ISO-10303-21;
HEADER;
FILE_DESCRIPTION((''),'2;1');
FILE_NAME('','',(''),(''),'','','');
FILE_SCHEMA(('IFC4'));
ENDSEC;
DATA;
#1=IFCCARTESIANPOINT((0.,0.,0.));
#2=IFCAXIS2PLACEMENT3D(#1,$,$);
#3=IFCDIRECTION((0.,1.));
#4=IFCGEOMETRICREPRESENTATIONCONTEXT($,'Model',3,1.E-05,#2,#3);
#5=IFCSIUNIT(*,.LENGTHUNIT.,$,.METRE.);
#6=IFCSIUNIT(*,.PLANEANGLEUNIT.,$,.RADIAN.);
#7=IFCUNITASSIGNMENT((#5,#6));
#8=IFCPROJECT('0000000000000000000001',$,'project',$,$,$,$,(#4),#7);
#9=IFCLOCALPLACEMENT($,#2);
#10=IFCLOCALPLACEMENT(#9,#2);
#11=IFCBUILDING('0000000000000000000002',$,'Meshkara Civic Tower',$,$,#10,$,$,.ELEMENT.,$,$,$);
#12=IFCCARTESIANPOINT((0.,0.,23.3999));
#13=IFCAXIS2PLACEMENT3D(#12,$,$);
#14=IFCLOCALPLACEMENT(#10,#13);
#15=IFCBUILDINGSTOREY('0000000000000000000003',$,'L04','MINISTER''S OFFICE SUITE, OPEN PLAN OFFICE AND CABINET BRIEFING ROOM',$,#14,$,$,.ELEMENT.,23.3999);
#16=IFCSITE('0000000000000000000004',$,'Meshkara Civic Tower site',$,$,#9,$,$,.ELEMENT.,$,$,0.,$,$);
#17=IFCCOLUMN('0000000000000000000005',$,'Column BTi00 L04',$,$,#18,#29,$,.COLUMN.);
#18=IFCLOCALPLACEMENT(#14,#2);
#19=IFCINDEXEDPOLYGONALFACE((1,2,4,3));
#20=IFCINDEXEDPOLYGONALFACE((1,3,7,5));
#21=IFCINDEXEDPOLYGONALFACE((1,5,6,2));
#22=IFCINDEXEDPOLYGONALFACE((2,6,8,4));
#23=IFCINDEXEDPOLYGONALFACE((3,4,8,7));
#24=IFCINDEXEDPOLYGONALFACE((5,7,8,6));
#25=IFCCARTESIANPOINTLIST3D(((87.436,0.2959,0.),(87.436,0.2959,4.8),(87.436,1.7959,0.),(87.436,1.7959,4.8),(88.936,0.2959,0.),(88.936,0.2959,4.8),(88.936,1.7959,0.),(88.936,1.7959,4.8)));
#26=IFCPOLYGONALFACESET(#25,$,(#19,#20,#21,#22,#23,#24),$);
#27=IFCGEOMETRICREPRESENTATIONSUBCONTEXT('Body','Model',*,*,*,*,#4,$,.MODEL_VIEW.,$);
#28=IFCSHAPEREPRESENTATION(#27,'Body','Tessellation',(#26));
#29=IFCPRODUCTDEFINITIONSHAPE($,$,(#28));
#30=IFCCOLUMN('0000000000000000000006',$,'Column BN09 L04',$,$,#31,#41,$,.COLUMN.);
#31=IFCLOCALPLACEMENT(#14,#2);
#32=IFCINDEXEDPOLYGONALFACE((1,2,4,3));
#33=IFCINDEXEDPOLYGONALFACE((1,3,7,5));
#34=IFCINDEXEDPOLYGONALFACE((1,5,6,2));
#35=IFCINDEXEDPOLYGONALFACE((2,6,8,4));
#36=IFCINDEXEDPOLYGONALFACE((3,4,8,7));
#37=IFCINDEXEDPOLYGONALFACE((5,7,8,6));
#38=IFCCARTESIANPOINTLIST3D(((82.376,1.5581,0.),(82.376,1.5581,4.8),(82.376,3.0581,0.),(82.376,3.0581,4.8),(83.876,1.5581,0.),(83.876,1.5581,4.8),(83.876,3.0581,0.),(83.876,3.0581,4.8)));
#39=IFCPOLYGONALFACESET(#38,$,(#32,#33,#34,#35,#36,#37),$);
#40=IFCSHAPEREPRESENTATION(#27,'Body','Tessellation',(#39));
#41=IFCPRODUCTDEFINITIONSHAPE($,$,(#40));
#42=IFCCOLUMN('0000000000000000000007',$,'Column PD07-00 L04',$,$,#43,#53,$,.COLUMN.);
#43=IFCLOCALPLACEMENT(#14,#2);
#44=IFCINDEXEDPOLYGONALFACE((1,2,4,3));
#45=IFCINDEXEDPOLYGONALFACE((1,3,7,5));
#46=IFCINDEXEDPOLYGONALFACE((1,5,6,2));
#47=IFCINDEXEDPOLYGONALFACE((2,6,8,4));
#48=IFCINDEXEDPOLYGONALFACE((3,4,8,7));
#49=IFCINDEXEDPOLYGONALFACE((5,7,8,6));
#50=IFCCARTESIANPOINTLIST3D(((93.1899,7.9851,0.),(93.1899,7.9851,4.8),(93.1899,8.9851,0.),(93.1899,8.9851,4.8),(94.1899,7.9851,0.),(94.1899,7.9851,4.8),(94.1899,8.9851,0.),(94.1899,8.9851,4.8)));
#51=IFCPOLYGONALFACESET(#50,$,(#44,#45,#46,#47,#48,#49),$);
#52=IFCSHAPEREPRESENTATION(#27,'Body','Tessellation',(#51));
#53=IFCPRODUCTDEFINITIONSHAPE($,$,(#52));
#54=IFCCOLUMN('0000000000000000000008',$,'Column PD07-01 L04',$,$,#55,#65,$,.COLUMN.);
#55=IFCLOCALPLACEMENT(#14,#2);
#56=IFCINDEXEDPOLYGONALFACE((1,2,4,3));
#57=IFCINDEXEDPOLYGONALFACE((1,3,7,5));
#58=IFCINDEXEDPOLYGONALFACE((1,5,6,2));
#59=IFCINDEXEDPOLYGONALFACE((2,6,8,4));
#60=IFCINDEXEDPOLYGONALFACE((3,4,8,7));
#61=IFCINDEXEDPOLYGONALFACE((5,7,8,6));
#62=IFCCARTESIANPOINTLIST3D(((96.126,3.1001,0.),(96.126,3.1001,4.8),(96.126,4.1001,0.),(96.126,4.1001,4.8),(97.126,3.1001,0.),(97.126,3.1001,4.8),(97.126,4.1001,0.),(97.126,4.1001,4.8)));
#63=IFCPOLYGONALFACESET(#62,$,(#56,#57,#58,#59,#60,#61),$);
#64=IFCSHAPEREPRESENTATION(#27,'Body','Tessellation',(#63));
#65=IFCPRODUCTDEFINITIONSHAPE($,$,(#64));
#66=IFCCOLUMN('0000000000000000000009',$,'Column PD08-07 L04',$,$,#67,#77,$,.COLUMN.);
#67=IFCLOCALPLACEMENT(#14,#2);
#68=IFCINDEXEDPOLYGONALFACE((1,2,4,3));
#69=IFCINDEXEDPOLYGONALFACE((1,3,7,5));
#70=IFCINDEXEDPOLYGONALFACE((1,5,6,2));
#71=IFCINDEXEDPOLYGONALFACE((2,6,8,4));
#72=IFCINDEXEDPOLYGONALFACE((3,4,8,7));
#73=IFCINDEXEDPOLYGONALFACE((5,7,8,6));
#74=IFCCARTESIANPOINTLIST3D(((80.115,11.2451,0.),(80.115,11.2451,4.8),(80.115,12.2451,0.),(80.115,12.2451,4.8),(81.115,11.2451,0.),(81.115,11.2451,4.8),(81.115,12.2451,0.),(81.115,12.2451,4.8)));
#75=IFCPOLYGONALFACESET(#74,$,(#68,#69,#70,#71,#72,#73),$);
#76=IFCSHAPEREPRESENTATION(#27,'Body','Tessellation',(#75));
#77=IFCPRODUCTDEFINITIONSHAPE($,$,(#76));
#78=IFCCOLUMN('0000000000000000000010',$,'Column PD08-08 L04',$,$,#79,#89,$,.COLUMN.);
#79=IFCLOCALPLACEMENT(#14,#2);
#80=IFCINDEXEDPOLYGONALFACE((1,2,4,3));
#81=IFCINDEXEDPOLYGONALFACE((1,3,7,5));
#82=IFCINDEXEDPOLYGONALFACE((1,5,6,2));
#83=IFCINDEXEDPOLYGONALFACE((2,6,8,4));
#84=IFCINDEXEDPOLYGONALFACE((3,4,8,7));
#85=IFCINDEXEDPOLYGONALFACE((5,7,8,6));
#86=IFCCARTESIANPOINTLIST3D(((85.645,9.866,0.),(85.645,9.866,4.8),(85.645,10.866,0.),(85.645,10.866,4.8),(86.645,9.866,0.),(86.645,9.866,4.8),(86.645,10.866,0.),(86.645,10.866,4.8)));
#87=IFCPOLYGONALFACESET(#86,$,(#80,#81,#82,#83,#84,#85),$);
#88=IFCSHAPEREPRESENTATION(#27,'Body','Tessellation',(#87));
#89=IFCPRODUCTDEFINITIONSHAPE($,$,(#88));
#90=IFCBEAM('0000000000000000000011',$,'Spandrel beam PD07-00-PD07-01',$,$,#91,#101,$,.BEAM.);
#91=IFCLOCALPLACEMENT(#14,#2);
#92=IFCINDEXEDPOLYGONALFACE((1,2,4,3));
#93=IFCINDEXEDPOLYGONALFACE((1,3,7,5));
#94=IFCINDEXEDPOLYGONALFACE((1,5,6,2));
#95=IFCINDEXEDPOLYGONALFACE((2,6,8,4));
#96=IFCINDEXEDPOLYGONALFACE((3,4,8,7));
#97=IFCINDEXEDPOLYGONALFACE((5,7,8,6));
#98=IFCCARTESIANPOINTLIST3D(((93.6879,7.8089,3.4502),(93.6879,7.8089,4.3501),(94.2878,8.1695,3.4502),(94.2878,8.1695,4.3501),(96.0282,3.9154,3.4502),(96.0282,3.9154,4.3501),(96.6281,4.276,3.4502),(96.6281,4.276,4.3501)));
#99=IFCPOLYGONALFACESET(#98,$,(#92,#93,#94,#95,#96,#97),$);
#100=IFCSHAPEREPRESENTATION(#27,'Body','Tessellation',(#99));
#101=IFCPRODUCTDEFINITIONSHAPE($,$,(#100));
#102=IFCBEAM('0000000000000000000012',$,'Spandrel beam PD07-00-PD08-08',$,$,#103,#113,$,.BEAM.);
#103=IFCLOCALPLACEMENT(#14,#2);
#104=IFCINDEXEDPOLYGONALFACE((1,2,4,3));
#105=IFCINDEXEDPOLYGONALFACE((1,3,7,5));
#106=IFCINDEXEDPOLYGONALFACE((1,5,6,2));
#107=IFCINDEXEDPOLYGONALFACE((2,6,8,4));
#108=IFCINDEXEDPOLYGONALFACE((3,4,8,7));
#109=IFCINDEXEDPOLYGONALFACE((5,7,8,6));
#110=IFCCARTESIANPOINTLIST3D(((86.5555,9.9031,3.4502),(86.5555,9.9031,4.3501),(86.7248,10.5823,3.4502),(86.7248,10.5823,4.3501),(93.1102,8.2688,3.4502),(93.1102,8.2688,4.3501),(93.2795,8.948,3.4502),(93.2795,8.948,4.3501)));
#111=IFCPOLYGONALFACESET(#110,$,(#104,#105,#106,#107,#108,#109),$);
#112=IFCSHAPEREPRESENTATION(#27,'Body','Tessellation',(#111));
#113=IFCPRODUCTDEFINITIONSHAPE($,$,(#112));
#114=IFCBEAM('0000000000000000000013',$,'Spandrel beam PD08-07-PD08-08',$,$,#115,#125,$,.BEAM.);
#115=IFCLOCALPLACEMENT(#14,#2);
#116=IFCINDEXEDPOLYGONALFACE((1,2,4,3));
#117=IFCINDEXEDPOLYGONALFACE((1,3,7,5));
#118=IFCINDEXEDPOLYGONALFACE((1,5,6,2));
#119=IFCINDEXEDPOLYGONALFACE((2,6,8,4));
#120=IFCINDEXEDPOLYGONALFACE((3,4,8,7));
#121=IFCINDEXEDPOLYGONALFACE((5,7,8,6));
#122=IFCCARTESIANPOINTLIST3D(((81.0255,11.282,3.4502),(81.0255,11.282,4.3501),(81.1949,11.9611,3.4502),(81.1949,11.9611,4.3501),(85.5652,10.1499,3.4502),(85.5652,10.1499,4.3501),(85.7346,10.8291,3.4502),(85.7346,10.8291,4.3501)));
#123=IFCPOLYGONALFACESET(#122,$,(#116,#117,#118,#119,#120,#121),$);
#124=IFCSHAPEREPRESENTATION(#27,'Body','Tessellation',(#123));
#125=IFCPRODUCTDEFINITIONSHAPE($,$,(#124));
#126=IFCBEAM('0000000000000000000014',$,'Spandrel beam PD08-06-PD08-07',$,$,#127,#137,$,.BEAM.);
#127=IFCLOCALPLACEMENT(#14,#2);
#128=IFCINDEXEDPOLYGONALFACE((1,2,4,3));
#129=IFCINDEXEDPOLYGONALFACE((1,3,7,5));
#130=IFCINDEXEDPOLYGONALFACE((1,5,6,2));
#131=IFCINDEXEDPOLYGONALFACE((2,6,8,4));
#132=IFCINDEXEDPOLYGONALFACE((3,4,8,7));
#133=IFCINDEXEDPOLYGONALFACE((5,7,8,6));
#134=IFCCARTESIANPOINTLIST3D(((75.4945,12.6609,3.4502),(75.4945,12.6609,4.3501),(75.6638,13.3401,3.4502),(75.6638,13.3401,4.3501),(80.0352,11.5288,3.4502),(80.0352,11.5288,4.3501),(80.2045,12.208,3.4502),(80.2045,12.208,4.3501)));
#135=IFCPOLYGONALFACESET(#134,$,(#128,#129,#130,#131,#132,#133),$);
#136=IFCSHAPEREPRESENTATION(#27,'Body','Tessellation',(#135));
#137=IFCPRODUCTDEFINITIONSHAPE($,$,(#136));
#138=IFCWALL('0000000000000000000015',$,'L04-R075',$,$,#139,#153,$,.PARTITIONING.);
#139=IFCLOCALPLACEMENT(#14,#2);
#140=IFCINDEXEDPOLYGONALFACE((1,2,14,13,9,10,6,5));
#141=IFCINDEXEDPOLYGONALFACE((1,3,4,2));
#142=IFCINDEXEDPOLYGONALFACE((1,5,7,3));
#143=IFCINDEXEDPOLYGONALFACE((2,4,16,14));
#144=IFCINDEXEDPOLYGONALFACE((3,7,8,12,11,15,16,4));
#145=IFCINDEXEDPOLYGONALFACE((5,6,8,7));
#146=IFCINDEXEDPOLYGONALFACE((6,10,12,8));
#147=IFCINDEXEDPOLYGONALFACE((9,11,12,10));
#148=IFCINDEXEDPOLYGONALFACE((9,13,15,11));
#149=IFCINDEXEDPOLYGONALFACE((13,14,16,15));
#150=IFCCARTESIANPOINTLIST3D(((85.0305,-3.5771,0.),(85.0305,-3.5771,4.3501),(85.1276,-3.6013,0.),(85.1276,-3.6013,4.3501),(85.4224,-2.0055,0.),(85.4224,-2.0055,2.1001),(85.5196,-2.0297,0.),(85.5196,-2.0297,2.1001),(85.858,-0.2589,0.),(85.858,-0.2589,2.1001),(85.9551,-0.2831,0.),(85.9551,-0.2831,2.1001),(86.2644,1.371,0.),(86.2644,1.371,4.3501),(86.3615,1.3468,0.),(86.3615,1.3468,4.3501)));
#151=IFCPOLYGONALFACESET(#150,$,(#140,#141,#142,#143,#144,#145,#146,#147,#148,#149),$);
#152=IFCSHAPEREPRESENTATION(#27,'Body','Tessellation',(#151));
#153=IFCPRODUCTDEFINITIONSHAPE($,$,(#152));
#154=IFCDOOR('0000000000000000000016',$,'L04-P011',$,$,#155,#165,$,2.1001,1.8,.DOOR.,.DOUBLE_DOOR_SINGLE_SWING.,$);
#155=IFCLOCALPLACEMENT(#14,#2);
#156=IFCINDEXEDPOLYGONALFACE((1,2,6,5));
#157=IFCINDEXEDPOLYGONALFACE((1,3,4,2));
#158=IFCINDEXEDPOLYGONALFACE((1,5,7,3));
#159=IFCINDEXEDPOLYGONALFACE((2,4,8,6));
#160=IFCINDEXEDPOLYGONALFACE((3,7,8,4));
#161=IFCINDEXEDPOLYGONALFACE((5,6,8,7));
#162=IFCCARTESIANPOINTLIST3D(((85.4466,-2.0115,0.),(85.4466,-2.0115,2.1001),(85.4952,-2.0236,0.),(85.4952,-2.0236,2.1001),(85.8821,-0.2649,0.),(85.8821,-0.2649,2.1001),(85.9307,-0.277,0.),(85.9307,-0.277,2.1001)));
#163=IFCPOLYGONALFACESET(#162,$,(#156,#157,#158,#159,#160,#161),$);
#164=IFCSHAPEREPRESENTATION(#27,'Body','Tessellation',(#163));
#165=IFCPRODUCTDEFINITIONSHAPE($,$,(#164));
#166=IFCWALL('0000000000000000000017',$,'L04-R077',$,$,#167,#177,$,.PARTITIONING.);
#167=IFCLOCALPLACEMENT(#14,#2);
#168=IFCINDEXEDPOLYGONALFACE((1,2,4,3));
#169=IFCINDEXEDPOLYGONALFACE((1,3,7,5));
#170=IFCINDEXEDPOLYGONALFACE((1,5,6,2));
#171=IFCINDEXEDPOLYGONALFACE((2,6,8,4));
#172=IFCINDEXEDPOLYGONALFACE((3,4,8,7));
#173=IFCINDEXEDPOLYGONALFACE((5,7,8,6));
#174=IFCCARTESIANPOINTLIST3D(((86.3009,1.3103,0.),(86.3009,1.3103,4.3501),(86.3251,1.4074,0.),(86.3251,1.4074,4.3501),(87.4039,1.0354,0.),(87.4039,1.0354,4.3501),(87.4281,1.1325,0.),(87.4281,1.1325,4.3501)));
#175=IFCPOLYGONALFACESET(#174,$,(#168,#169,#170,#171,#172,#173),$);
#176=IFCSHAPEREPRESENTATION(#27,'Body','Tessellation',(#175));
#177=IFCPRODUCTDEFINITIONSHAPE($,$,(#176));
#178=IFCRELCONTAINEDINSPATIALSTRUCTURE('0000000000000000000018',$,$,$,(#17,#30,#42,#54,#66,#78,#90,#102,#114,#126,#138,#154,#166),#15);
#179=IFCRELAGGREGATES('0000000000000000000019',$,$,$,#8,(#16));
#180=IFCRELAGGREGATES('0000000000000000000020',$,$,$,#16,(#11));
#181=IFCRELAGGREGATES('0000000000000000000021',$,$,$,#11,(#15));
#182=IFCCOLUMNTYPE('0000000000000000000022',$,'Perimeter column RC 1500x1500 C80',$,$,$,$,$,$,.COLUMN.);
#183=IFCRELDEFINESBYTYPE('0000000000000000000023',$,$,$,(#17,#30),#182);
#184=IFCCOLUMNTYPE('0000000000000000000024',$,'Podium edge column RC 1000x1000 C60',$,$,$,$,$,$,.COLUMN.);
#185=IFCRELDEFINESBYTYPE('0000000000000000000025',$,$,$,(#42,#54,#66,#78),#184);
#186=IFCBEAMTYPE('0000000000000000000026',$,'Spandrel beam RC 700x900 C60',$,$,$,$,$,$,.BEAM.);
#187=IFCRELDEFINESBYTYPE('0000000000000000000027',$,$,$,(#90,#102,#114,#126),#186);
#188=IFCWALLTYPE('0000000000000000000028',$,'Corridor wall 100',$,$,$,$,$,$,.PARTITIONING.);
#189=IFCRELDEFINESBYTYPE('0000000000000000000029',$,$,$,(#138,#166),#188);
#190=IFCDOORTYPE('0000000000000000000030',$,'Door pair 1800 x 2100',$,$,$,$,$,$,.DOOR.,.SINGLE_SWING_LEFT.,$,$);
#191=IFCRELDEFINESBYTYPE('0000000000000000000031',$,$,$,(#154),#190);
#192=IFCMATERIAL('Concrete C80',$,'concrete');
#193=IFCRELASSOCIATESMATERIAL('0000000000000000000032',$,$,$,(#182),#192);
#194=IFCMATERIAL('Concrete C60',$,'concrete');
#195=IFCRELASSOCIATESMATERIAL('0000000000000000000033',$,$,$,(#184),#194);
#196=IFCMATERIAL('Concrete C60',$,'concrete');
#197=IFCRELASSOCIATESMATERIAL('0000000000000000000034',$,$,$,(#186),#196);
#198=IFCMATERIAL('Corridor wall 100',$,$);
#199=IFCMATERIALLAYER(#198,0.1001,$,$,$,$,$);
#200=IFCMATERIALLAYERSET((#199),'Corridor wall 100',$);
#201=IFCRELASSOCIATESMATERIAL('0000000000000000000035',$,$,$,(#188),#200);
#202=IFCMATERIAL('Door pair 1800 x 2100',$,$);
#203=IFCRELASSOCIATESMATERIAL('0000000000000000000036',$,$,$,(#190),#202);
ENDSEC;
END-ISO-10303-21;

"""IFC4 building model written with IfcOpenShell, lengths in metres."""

from ifc_helpers import new_model, si_unit, direction, frame, frame_2d, origin, origin_2d, place, context, subcontext, project, spatial, rectangle, extrude, material, layer, layer_set, material_profile, profile_set, type_object, element, fill, save


model = new_model("IFC4")

# Units and contexts
model_context = context("Model", 3, precision=1e-05, world=origin(), true_north=direction((0.0, 1.0)))
body_context = subcontext(model_context, "Body", "Model", "MODEL_VIEW")
ifc_project = project(units=[si_unit("LENGTHUNIT", "METRE"), si_unit("PLANEANGLEUNIT", "RADIAN")], contexts=[model_context])

# Site, building, storey
site_placement = place(None, origin())
site = spatial("IfcSite", under=ifc_project, at=site_placement, Name="Meshkara Civic Tower site", CompositionType="ELEMENT", RefElevation=0.0)
building_placement = place(site_placement, origin())
building = spatial("IfcBuilding", under=site, at=building_placement, Name="Meshkara Civic Tower", CompositionType="ELEMENT")
storey_placement = place(building_placement, frame((0.0, 0.0, 23.3999)))
storey = spatial("IfcBuildingStorey", under=building, at=storey_placement, Name="L04", Description="MINISTER'S OFFICE SUITE, OPEN PLAN OFFICE AND CABINET BRIEFING ROOM", CompositionType="ELEMENT", Elevation=23.3999)

# Columns
ifc_material_1 = material(Name="Concrete C80", Category="concrete")
ifc_material_profile_1 = material_profile(ifc_material_1, rectangle(XDim=1.5, YDim=1.5, at=origin_2d()))
ifc_profile_set_1 = profile_set([ifc_material_profile_1], Name="Concrete C80")
column_type_1 = type_object("IfcColumnType", Name="Perimeter column RC 1500x1500 C80", PredefinedType="COLUMN", material=ifc_profile_set_1)
for number, where, z_axis, x_axis, name in (
    (1, (88.186, 1.0459, 0.0), (0.0, 0.0, 1.0), (1.0, 0.0, 0.0), "Column BTi00 L04"),
    (2, (83.126, 2.3081, 0.0), (0.0, 0.0, 1.0), (1.0, 0.0, 0.0), "Column BN09 L04"),
):
    element("IfcColumn", number, at=place(storey_placement, frame(where, z_axis=z_axis, x_axis=x_axis)), inside=storey, type_object=column_type_1, Name=name, PredefinedType="COLUMN", context=body_context, shape_type="SweptSolid", body=[
        extrude(rectangle(XDim=1.5, YDim=1.5, at=origin_2d()), origin(), (0.0, 0.0, 1.0), 4.8),
    ])
ifc_material_2 = material(Name="Concrete C60", Category="concrete")
ifc_material_profile_2 = material_profile(ifc_material_2, rectangle(XDim=1.0, YDim=1.0, at=origin_2d()))
ifc_profile_set_2 = profile_set([ifc_material_profile_2], Name="Concrete C60")
column_type_2 = type_object("IfcColumnType", Name="Podium edge column RC 1000x1000 C60", PredefinedType="COLUMN", material=ifc_profile_set_2)
for number, where, z_axis, x_axis, name in (
    (3, (93.6899, 8.4851, 0.0), (0.0, 0.0, 1.0), (1.0, 0.0, 0.0), "Column PD07-00 L04"),
    (4, (96.626, 3.6001, 0.0), (0.0, 0.0, 1.0), (1.0, 0.0, 0.0), "Column PD07-01 L04"),
    (5, (80.615, 11.7451, 0.0), (0.0, 0.0, 1.0), (1.0, 0.0, 0.0), "Column PD08-07 L04"),
    (6, (86.145, 10.366, 0.0), (0.0, 0.0, 1.0), (1.0, 0.0, 0.0), "Column PD08-08 L04"),
):
    element("IfcColumn", number, at=place(storey_placement, frame(where, z_axis=z_axis, x_axis=x_axis)), inside=storey, type_object=column_type_2, Name=name, PredefinedType="COLUMN", context=body_context, shape_type="SweptSolid", body=[
        extrude(rectangle(XDim=1.0, YDim=1.0, at=origin_2d()), origin(), (0.0, 0.0, 1.0), 4.8),
    ])

# Beams
ifc_material_3 = material(Name="Concrete C60", Category="concrete")
ifc_material_profile_3 = material_profile(ifc_material_3, rectangle(XDim=0.7, YDim=0.8999, at=origin_2d()))
ifc_profile_set_3 = profile_set([ifc_material_profile_3], Name="Concrete C60")
beam_type = type_object("IfcBeamType", Name="Spandrel beam RC 700x900 C60", PredefinedType="BEAM", material=ifc_profile_set_3)
beam_1_placement = place(storey_placement, frame((96.3281, 4.0957, 3.9001), z_axis=(-0.515175, 0.857085, 0.0), x_axis=(-0.857085, -0.515175, 0.0)))
element("IfcBeam", 7, at=beam_1_placement, inside=storey, type_object=beam_type, Name="Spandrel beam PD07-00-PD07-01", PredefinedType="BEAM", context=body_context, shape_type="SweptSolid", body=[
    extrude(rectangle(XDim=0.7, YDim=0.8999, at=origin_2d()), origin(), (0.0, 0.0, 1.0), 4.5427),
])
beam_2_placement = place(storey_placement, frame((93.1948, 8.6084, 3.9001), z_axis=(-0.970295, 0.241923, 0.0), x_axis=(-0.241923, -0.970295, 0.0)))
element("IfcBeam", 8, at=beam_2_placement, inside=storey, type_object=beam_type, Name="Spandrel beam PD07-00-PD08-08", PredefinedType="BEAM", context=body_context, shape_type="SweptSolid", body=[
    extrude(rectangle(XDim=0.7, YDim=0.8999, at=origin_2d()), origin(), (0.0, 0.0, 1.0), 6.7554),
])
beam_3_placement = place(storey_placement, frame((85.6499, 10.4895, 3.9001), z_axis=(-0.970287, 0.241959, 0.0), x_axis=(-0.241959, -0.970287, 0.0)))
element("IfcBeam", 9, at=beam_3_placement, inside=storey, type_object=beam_type, Name="Spandrel beam PD08-07-PD08-08", PredefinedType="BEAM", context=body_context, shape_type="SweptSolid", body=[
    extrude(rectangle(XDim=0.7, YDim=0.8999, at=origin_2d()), origin(), (0.0, 0.0, 1.0), 4.6787),
])
beam_4_placement = place(storey_placement, frame((80.1199, 11.8684, 3.9001), z_axis=(-0.970299, 0.24191, 0.0), x_axis=(-0.24191, -0.970299, 0.0)))
element("IfcBeam", 10, at=beam_4_placement, inside=storey, type_object=beam_type, Name="Spandrel beam PD08-06-PD08-07", PredefinedType="BEAM", context=body_context, shape_type="SweptSolid", body=[
    extrude(rectangle(XDim=0.7, YDim=0.8999, at=origin_2d()), origin(), (0.0, 0.0, 1.0), 4.6797),
])

# Wall, opening, door
ifc_material_4 = material(Name="Corridor wall 100")
ifc_layer_1 = layer(ifc_material_4, 0.1001)
ifc_layer_set_1 = layer_set([ifc_layer_1], Name="Corridor wall 100")
wall_type_1 = type_object("IfcWallType", Name="Corridor wall 100", PredefinedType="PARTITIONING", material=ifc_layer_set_1)
wall_1_placement = place(storey_placement, frame((86.313, 1.3589, 0.0), z_axis=(0.0, 0.0, 1.0), x_axis=(-0.241961, -0.970286, 0.0)))
wall_1 = element("IfcWall", 11, at=wall_1_placement, inside=storey, type_object=wall_type_1, Name="L04-R075", PredefinedType="PARTITIONING", context=body_context, shape_type="SweptSolid", body=[
    extrude(rectangle(XDim=5.0996, YDim=0.1001, at=frame_2d((2.5498, 0.0))), origin(), (0.0, 0.0, 1.0), 4.3501),
])
opening_1_placement = place(wall_1_placement, frame((1.6799, 0.0, 0.0)))
opening_1 = element("IfcOpeningElement", 12, at=opening_1_placement, cuts=wall_1, PredefinedType="OPENING", context=body_context, shape_type="SweptSolid", body=[
    extrude(rectangle(XDim=1.8, YDim=2.1001, at=frame_2d((0.8999, 1.05))), frame((0.0, 0.0601, 0.0), z_axis=(0.0, -1.0, 0.0), x_axis=(1.0, 0.0, 0.0)), (0.0, 0.0, 1.0), 0.1201),
])
ifc_material_5 = material(Name="Door pair 1800 x 2100")
door_type_1 = type_object("IfcDoorType", Name="Door pair 1800 x 2100", OperationType="SINGLE_SWING_LEFT", PredefinedType="DOOR", material=ifc_material_5)
door_1_placement = place(opening_1_placement, origin())
door_1 = element("IfcDoor", 13, at=door_1_placement, inside=storey, type_object=door_type_1, Name="L04-P011", OperationType="DOUBLE_DOOR_SINGLE_SWING", OverallHeight=2.1001, OverallWidth=1.8, PredefinedType="DOOR", context=body_context, shape_type="SweptSolid", body=[
    extrude(rectangle(XDim=1.8, YDim=2.1001, at=frame_2d((0.8999, 1.05))), frame((0.0, 0.0249, 0.0), z_axis=(0.0, -1.0, 0.0), x_axis=(1.0, 0.0, 0.0)), (0.0, 0.0, 1.0), 0.05),
])
fill(opening_1, door_1)

# Wall
wall_2_placement = place(storey_placement, frame((87.416, 1.084, 0.0), z_axis=(0.0, 0.0, 1.0), x_axis=(-0.970319, 0.241828, 0.0)))
element("IfcWall", 14, at=wall_2_placement, inside=storey, type_object=wall_type_1, Name="L04-R077", PredefinedType="PARTITIONING", context=body_context, shape_type="SweptSolid", body=[
    extrude(rectangle(XDim=1.1367, YDim=0.1001, at=frame_2d((0.5684, 0.0))), origin(), (0.0, 0.0, 1.0), 4.3501),
])

save(model, "model.ifc")
